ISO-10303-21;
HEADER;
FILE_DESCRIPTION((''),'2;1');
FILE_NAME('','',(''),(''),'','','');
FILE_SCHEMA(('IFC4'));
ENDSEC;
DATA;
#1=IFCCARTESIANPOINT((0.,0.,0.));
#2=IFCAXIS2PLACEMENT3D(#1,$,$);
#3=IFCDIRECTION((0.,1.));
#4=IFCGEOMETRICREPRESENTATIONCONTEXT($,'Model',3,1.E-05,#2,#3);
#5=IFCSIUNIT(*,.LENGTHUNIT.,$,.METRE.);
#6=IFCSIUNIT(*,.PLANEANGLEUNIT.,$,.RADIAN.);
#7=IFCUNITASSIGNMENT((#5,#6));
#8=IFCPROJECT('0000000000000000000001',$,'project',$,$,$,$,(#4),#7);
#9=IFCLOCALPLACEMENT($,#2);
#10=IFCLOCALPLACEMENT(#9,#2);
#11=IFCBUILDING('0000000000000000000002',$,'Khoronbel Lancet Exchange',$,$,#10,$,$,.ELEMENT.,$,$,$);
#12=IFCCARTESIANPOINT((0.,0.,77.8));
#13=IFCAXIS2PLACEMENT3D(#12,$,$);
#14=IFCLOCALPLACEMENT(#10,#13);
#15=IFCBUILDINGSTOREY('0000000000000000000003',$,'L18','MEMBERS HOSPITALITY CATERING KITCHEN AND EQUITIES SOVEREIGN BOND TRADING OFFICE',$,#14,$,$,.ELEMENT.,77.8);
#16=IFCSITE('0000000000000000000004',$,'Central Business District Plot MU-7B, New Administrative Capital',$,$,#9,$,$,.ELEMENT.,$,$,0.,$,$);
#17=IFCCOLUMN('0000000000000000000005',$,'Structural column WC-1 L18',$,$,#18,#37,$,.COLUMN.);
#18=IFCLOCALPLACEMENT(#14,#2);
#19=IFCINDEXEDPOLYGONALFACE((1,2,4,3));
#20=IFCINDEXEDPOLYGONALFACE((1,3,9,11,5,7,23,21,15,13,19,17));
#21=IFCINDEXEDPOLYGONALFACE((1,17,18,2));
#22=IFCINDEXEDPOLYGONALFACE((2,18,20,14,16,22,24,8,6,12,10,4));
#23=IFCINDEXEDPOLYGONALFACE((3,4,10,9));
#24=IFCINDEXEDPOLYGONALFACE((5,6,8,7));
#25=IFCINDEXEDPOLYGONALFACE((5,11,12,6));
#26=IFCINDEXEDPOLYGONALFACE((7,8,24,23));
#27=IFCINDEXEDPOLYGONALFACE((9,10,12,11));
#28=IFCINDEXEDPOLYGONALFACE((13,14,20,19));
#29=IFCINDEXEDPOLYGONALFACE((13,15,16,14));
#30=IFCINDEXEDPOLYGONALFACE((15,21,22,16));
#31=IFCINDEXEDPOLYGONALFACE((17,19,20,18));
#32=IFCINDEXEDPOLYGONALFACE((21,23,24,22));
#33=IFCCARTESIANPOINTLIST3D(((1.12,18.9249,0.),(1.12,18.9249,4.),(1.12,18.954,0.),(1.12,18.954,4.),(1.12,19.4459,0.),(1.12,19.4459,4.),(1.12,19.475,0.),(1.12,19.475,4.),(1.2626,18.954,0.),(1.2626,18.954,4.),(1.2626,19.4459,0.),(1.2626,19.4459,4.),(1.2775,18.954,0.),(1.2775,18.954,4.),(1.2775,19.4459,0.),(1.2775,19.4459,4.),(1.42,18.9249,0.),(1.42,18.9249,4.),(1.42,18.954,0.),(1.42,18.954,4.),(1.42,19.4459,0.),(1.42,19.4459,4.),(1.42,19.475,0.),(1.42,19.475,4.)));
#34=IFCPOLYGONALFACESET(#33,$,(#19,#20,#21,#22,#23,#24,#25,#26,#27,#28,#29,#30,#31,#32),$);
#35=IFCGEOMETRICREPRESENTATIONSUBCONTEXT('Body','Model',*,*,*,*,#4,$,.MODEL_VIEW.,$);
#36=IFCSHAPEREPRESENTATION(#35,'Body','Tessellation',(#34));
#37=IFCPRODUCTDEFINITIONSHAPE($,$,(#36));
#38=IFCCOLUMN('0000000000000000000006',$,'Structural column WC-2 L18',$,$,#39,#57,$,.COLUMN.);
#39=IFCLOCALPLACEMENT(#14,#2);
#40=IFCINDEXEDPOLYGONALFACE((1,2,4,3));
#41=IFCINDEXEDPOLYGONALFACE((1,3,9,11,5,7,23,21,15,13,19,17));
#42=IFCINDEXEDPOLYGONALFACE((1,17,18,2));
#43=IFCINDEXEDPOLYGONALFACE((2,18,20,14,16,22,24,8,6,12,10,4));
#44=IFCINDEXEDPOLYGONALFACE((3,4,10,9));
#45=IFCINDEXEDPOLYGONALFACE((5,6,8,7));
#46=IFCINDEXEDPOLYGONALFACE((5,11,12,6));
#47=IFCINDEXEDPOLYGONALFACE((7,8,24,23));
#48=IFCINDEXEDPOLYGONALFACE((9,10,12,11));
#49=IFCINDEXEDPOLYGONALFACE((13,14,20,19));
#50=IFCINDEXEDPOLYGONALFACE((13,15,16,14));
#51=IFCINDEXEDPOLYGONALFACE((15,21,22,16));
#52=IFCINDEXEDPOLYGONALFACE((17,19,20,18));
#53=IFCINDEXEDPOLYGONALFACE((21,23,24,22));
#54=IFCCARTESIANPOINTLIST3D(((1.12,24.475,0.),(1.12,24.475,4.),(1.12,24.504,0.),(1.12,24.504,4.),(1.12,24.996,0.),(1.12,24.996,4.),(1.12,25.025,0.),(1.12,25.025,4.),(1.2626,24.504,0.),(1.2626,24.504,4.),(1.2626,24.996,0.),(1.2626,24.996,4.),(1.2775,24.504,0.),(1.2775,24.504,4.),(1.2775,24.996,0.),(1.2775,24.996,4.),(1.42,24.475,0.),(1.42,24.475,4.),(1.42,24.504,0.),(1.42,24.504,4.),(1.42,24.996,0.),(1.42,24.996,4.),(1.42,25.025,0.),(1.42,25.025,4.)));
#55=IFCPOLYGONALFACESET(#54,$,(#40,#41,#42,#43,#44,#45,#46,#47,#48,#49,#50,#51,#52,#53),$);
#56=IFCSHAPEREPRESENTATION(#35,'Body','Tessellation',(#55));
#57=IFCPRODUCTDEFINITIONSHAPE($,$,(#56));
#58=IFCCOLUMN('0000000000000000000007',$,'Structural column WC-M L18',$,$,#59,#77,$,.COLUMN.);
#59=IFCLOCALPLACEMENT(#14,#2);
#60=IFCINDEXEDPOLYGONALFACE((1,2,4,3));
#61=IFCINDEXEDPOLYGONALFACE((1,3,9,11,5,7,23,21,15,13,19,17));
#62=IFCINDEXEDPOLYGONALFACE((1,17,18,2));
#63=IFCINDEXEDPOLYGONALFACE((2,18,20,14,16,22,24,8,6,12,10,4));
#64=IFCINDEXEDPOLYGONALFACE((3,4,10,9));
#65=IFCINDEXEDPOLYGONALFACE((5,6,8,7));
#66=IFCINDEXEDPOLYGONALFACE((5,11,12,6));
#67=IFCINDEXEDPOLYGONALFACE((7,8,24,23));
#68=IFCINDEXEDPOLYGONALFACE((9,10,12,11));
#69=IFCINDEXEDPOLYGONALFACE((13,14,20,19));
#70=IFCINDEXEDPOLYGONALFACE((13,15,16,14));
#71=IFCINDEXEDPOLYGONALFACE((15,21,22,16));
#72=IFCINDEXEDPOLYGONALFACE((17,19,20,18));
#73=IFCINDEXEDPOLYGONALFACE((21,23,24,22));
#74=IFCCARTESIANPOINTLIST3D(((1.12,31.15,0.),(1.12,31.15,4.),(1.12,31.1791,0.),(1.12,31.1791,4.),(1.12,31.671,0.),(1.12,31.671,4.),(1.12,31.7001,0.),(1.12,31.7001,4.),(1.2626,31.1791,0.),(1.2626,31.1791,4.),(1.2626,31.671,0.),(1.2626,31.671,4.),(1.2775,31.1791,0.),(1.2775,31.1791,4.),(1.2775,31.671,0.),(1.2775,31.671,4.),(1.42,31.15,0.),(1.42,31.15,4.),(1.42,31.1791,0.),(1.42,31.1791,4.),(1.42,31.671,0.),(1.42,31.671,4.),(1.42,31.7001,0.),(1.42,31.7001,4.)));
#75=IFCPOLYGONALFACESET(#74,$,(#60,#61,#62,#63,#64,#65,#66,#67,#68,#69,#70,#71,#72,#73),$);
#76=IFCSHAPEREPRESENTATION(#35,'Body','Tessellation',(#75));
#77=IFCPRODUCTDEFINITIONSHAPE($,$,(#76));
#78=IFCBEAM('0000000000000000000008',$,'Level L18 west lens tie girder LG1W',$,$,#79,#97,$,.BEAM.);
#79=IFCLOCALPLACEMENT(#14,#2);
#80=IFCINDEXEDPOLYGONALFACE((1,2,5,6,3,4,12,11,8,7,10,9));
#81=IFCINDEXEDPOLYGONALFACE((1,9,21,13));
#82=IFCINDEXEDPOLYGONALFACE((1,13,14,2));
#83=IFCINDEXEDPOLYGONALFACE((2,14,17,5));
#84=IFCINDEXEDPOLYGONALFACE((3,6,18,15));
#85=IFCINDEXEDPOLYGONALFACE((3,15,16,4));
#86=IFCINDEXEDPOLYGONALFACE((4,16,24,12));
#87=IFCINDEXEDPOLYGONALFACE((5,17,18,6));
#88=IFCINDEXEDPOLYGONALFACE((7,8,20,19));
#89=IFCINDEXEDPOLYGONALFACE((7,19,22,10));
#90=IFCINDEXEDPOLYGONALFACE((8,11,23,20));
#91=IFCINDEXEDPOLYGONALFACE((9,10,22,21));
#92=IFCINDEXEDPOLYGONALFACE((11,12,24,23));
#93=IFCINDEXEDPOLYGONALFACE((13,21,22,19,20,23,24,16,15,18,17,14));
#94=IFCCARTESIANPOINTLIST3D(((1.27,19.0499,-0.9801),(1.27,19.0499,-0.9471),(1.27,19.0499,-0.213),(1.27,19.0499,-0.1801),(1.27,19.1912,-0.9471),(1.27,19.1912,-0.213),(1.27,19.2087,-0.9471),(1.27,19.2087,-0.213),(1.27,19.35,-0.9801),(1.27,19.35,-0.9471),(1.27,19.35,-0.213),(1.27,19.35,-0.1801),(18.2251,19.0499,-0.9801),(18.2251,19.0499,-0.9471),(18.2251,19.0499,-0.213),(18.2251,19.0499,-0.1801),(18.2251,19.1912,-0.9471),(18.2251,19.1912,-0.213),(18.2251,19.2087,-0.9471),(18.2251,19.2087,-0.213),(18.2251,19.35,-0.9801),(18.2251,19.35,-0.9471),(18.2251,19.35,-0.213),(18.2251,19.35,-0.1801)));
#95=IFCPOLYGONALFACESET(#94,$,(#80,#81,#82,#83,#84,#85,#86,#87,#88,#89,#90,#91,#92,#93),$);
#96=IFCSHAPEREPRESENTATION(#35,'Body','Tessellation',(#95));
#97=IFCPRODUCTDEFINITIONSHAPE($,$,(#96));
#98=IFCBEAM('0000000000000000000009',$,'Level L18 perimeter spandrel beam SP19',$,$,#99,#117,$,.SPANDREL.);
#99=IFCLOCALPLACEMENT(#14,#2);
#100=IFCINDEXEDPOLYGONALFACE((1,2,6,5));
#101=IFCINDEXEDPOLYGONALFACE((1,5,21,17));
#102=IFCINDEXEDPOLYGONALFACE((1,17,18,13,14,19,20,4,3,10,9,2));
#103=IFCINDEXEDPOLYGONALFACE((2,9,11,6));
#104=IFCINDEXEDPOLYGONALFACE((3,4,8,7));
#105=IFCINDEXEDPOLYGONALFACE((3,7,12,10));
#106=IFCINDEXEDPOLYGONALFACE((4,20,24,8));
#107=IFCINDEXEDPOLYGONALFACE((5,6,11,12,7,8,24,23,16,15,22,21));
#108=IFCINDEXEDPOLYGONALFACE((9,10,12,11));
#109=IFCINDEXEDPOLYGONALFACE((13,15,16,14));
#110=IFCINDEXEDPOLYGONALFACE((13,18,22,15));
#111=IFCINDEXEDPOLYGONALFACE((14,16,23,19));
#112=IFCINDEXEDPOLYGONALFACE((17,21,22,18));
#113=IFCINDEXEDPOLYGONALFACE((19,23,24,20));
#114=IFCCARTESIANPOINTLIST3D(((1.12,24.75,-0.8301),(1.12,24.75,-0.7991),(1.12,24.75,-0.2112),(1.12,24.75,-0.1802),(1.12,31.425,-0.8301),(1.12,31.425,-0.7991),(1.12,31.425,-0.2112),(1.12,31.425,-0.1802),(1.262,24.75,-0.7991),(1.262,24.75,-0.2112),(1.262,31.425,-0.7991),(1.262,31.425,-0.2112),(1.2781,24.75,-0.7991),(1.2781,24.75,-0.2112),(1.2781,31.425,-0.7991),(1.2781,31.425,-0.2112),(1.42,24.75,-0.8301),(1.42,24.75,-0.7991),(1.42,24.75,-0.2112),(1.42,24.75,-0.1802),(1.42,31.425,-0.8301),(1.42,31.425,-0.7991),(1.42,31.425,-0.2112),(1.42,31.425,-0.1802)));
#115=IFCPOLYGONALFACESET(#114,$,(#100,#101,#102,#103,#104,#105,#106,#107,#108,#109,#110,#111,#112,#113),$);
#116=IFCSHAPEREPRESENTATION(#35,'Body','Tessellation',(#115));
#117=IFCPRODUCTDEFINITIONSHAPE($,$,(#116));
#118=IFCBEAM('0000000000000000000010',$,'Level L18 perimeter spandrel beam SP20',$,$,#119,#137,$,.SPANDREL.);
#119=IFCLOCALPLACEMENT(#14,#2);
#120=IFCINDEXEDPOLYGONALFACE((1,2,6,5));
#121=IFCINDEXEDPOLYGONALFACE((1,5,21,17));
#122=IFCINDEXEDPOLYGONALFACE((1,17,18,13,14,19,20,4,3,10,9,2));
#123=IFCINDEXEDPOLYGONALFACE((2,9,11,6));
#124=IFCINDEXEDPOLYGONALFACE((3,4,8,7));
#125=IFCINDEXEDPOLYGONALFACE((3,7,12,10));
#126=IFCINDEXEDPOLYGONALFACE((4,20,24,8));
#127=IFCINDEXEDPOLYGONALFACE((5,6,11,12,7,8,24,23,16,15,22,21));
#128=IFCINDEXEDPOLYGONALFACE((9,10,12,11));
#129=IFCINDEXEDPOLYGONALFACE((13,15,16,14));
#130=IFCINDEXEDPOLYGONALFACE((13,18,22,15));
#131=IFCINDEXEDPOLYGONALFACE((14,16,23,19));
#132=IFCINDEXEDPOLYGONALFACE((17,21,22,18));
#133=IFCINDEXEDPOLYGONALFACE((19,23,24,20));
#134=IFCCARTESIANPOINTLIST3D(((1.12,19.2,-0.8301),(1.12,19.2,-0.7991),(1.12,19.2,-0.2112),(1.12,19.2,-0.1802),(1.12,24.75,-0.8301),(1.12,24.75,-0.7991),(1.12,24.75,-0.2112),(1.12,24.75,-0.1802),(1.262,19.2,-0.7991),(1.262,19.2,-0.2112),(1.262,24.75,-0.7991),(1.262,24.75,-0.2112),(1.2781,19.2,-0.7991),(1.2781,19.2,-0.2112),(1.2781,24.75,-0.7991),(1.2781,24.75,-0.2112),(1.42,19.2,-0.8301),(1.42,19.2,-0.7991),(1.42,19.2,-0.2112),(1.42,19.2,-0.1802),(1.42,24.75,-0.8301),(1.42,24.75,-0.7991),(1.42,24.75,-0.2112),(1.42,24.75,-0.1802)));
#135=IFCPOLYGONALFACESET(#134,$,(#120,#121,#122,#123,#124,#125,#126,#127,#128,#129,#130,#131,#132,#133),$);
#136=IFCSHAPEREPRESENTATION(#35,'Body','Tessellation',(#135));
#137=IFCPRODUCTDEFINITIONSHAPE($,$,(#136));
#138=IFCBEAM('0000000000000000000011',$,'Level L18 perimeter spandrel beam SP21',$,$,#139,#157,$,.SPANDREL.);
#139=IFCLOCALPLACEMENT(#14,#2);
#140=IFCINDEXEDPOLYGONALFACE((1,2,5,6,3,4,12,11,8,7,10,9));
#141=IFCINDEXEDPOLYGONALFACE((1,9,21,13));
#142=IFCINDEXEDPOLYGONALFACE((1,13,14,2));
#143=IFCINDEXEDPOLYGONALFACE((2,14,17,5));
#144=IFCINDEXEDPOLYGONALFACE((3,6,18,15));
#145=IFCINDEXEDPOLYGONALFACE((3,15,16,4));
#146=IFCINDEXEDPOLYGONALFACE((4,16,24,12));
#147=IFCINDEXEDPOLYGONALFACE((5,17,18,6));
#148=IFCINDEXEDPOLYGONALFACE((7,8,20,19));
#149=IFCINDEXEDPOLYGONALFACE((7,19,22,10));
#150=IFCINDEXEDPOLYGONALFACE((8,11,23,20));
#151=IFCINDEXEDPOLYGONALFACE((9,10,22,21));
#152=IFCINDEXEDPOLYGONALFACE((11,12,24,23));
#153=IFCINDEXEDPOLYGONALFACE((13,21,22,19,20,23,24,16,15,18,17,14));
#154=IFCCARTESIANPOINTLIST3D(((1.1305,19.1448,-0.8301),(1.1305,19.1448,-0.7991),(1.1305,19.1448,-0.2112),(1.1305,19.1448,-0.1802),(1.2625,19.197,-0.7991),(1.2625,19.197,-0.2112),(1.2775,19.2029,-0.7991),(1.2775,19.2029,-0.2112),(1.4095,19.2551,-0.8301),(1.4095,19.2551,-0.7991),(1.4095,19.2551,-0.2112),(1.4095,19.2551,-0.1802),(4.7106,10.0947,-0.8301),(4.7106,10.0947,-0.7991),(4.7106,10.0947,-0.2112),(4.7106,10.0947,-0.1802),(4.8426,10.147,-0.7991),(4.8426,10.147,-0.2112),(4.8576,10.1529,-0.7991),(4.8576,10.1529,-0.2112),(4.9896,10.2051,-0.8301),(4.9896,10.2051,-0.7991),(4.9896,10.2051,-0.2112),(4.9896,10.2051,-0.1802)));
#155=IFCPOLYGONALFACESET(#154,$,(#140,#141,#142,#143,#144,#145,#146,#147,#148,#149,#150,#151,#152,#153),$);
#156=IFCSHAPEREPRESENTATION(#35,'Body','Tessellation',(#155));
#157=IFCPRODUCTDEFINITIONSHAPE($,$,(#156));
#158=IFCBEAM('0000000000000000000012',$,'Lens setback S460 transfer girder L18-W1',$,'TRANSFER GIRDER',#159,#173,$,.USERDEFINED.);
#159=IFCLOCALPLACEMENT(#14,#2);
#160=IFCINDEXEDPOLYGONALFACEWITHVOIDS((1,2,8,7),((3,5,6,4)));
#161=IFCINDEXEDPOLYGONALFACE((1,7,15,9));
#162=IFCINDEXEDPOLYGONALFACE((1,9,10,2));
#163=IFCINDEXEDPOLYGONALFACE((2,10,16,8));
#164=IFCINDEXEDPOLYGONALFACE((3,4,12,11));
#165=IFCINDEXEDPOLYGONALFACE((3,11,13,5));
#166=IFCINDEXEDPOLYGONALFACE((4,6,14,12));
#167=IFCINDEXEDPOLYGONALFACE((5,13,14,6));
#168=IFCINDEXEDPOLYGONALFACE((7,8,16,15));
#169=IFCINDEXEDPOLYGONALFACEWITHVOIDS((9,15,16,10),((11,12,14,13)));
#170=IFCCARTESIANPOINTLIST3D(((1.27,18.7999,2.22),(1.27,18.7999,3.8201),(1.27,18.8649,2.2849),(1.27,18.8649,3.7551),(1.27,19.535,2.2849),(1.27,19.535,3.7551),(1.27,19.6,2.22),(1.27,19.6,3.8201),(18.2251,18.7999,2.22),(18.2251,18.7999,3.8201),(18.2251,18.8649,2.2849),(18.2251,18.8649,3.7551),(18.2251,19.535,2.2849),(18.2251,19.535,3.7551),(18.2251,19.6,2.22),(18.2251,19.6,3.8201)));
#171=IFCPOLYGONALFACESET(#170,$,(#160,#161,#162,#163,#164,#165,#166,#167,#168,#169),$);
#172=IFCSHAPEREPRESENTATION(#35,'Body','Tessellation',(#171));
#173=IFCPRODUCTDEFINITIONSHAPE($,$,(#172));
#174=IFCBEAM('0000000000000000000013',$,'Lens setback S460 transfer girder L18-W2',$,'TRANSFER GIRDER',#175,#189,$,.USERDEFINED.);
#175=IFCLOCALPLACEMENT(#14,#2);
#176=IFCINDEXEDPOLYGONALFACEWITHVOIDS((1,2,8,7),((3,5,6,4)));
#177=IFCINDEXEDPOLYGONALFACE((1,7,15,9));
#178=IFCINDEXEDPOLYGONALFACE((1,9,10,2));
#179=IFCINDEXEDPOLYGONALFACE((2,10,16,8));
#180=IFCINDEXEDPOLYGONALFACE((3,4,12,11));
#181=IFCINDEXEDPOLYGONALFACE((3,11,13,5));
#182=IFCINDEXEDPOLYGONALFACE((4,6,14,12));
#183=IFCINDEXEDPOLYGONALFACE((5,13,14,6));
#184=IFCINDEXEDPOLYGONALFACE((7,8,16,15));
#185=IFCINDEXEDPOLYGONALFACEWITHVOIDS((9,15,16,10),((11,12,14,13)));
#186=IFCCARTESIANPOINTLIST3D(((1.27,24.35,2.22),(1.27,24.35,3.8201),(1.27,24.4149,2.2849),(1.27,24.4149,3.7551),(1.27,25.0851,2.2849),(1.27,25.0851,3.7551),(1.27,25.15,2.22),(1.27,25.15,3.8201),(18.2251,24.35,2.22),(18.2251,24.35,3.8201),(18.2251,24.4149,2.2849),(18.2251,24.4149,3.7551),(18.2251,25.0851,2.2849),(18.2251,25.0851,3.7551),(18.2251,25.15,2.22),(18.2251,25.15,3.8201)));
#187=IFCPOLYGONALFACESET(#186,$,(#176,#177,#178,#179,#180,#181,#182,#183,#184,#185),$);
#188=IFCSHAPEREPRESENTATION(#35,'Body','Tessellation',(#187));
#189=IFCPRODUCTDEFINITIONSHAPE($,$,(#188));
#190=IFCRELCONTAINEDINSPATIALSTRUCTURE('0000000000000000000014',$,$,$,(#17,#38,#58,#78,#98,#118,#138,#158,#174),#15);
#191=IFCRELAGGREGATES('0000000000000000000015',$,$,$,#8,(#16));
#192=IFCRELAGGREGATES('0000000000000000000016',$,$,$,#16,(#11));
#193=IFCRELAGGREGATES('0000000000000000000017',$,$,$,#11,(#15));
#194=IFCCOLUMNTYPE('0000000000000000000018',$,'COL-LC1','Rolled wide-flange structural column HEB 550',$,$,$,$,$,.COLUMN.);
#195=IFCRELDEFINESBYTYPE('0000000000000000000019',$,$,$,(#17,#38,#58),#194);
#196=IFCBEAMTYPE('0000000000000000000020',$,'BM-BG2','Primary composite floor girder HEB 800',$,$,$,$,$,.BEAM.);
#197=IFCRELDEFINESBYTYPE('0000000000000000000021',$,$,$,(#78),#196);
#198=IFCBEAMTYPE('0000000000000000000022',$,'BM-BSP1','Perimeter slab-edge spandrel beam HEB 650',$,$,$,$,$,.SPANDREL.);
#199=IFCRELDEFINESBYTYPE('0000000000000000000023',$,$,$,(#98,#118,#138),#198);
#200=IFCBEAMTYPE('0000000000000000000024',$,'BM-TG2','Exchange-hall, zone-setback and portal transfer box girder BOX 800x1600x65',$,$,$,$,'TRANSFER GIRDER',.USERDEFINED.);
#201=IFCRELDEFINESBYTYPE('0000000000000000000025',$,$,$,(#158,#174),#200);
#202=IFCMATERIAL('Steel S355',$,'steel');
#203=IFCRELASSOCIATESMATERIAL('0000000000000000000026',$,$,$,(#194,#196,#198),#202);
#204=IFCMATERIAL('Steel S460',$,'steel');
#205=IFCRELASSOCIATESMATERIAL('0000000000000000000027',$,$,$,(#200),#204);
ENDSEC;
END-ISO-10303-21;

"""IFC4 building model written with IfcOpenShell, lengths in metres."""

from ifc_helpers import new_model, si_unit, direction, frame, origin, origin_2d, place, context, subcontext, project, spatial, hollow_rectangle, i_section, extrude, material, material_profile, profile_set, type_object, element, save


model = new_model("IFC4")

# Units and contexts
model_context = context("Model", 3, precision=1e-05, world=origin(), true_north=direction((0.0, 1.0)))
body_context = subcontext(model_context, "Body", "Model", "MODEL_VIEW")
ifc_project = project(units=[si_unit("LENGTHUNIT", "METRE"), si_unit("PLANEANGLEUNIT", "RADIAN")], contexts=[model_context])

# Site, building, storey
site_placement = place(None, origin())
site = spatial("IfcSite", under=ifc_project, at=site_placement, Name="Central Business District Plot MU-7B, New Administrative Capital", CompositionType="ELEMENT", RefElevation=0.0)
building_placement = place(site_placement, origin())
building = spatial("IfcBuilding", under=site, at=building_placement, Name="Khoronbel Lancet Exchange", CompositionType="ELEMENT")
storey_placement = place(building_placement, frame((0.0, 0.0, 77.8)))
storey = spatial("IfcBuildingStorey", under=building, at=storey_placement, Name="L18", Description="MEMBERS HOSPITALITY CATERING KITCHEN AND EQUITIES SOVEREIGN BOND TRADING OFFICE", CompositionType="ELEMENT", Elevation=77.8)

# Columns
ifc_material_1 = material(Name="Steel S355", Category="steel")
ifc_material_profile_1 = material_profile(ifc_material_1, i_section(OverallWidth=0.3, OverallDepth=0.55, WebThickness=0.0149, FlangeThickness=0.0291, at=origin_2d()), Name="HEB 550")
ifc_profile_set_1 = profile_set([ifc_material_profile_1], Name="Steel S355")
column_type = type_object("IfcColumnType", Name="COL-LC1", Description="Rolled wide-flange structural column HEB 550", PredefinedType="COLUMN", material=ifc_profile_set_1)
for number, where, z_axis, x_axis, name in (
    (1, (1.27, 19.2, 0.0), (0.0, 0.0, 1.0), (1.0, 0.0, 0.0), "Structural column WC-1 L18"),
    (2, (1.27, 24.75, 0.0), (0.0, 0.0, 1.0), (1.0, 0.0, 0.0), "Structural column WC-2 L18"),
    (3, (1.27, 31.425, 0.0), (0.0, 0.0, 1.0), (1.0, 0.0, 0.0), "Structural column WC-M L18"),
):
    element("IfcColumn", number, at=place(storey_placement, frame(where, z_axis=z_axis, x_axis=x_axis)), inside=storey, type_object=column_type, Name=name, PredefinedType="COLUMN", context=body_context, shape_type="SweptSolid", body=[
        extrude(i_section(OverallWidth=0.3, OverallDepth=0.55, WebThickness=0.0149, FlangeThickness=0.0291, at=origin_2d()), origin(), (0.0, 0.0, 1.0), 4.0),
    ])

# Beams
ifc_material_profile_2 = material_profile(ifc_material_1, i_section(OverallWidth=0.3, OverallDepth=0.8, WebThickness=0.0176, FlangeThickness=0.033, at=origin_2d()), Name="HEB 800")
ifc_profile_set_2 = profile_set([ifc_material_profile_2], Name="Steel S355")
beam_type_1 = type_object("IfcBeamType", Name="BM-BG2", Description="Primary composite floor girder HEB 800", PredefinedType="BEAM", material=ifc_profile_set_2)
beam_1_placement = place(storey_placement, frame((1.27, 19.2, -0.5801), z_axis=(1.0, 0.0, 0.0), x_axis=(0.0, 1.0, 0.0)))
element("IfcBeam", 4, at=beam_1_placement, inside=storey, type_object=beam_type_1, Name="Level L18 west lens tie girder LG1W", PredefinedType="BEAM", context=body_context, shape_type="SweptSolid", body=[
    extrude(i_section(OverallWidth=0.3, OverallDepth=0.8, WebThickness=0.0176, FlangeThickness=0.033, at=origin_2d()), origin(), (0.0, 0.0, 1.0), 16.9551),
])
ifc_material_profile_3 = material_profile(ifc_material_1, i_section(OverallWidth=0.3, OverallDepth=0.6499, WebThickness=0.0161, FlangeThickness=0.031, at=origin_2d()), Name="HEB 650")
ifc_profile_set_3 = profile_set([ifc_material_profile_3], Name="Steel S355")
beam_type_2 = type_object("IfcBeamType", Name="BM-BSP1", Description="Perimeter slab-edge spandrel beam HEB 650", PredefinedType="SPANDREL", material=ifc_profile_set_3)
beam_2_placement = place(storey_placement, frame((1.27, 31.425, -0.5051), z_axis=(0.0, -1.0, 0.0), x_axis=(1.0, 0.0, 0.0)))
element("IfcBeam", 5, at=beam_2_placement, inside=storey, type_object=beam_type_2, Name="Level L18 perimeter spandrel beam SP19", PredefinedType="SPANDREL", context=body_context, shape_type="SweptSolid", body=[
    extrude(i_section(OverallWidth=0.3, OverallDepth=0.6499, WebThickness=0.0161, FlangeThickness=0.031, at=origin_2d()), origin(), (0.0, 0.0, 1.0), 6.675),
])
beam_3_placement = place(storey_placement, frame((1.27, 24.75, -0.5051), z_axis=(0.0, -1.0, 0.0), x_axis=(1.0, 0.0, 0.0)))
element("IfcBeam", 6, at=beam_3_placement, inside=storey, type_object=beam_type_2, Name="Level L18 perimeter spandrel beam SP20", PredefinedType="SPANDREL", context=body_context, shape_type="SweptSolid", body=[
    extrude(i_section(OverallWidth=0.3, OverallDepth=0.6499, WebThickness=0.0161, FlangeThickness=0.031, at=origin_2d()), origin(), (0.0, 0.0, 1.0), 5.55),
])
beam_4_placement = place(storey_placement, frame((1.27, 19.2, -0.5051), z_axis=(0.36785, -0.929885, 0.0), x_axis=(0.929885, 0.36785, 0.0)))
element("IfcBeam", 7, at=beam_4_placement, inside=storey, type_object=beam_type_2, Name="Level L18 perimeter spandrel beam SP21", PredefinedType="SPANDREL", context=body_context, shape_type="SweptSolid", body=[
    extrude(i_section(OverallWidth=0.3, OverallDepth=0.6499, WebThickness=0.0161, FlangeThickness=0.031, at=origin_2d()), origin(), (0.0, 0.0, 1.0), 9.7324),
])
ifc_material_2 = material(Name="Steel S460", Category="steel")
ifc_material_profile_4 = material_profile(ifc_material_2, hollow_rectangle(XDim=0.8, YDim=1.6001, WallThickness=0.0649, at=origin_2d()), Name="BOX 800x1600x65")
ifc_profile_set_4 = profile_set([ifc_material_profile_4], Name="Steel S460")
beam_type_3 = type_object("IfcBeamType", Name="BM-TG2", Description="Exchange-hall, zone-setback and portal transfer box girder BOX 800x1600x65", ElementType="TRANSFER GIRDER", PredefinedType="USERDEFINED", material=ifc_profile_set_4)
for number, where, z_axis, x_axis, name in (
    (8, (1.27, 19.2, 3.02), (1.0, 0.0, 0.0), (0.0, 1.0, 0.0), "Lens setback S460 transfer girder L18-W1"),
    (9, (1.27, 24.75, 3.02), (1.0, 0.0, 0.0), (0.0, 1.0, 0.0), "Lens setback S460 transfer girder L18-W2"),
):
    element("IfcBeam", number, at=place(storey_placement, frame(where, z_axis=z_axis, x_axis=x_axis)), inside=storey, type_object=beam_type_3, Name=name, ObjectType="TRANSFER GIRDER", PredefinedType="USERDEFINED", context=body_context, shape_type="SweptSolid", body=[
        extrude(hollow_rectangle(XDim=0.8, YDim=1.6001, WallThickness=0.0649, at=origin_2d()), origin(), (0.0, 0.0, 1.0), 16.9551),
    ])

save(model, "model.ifc")
